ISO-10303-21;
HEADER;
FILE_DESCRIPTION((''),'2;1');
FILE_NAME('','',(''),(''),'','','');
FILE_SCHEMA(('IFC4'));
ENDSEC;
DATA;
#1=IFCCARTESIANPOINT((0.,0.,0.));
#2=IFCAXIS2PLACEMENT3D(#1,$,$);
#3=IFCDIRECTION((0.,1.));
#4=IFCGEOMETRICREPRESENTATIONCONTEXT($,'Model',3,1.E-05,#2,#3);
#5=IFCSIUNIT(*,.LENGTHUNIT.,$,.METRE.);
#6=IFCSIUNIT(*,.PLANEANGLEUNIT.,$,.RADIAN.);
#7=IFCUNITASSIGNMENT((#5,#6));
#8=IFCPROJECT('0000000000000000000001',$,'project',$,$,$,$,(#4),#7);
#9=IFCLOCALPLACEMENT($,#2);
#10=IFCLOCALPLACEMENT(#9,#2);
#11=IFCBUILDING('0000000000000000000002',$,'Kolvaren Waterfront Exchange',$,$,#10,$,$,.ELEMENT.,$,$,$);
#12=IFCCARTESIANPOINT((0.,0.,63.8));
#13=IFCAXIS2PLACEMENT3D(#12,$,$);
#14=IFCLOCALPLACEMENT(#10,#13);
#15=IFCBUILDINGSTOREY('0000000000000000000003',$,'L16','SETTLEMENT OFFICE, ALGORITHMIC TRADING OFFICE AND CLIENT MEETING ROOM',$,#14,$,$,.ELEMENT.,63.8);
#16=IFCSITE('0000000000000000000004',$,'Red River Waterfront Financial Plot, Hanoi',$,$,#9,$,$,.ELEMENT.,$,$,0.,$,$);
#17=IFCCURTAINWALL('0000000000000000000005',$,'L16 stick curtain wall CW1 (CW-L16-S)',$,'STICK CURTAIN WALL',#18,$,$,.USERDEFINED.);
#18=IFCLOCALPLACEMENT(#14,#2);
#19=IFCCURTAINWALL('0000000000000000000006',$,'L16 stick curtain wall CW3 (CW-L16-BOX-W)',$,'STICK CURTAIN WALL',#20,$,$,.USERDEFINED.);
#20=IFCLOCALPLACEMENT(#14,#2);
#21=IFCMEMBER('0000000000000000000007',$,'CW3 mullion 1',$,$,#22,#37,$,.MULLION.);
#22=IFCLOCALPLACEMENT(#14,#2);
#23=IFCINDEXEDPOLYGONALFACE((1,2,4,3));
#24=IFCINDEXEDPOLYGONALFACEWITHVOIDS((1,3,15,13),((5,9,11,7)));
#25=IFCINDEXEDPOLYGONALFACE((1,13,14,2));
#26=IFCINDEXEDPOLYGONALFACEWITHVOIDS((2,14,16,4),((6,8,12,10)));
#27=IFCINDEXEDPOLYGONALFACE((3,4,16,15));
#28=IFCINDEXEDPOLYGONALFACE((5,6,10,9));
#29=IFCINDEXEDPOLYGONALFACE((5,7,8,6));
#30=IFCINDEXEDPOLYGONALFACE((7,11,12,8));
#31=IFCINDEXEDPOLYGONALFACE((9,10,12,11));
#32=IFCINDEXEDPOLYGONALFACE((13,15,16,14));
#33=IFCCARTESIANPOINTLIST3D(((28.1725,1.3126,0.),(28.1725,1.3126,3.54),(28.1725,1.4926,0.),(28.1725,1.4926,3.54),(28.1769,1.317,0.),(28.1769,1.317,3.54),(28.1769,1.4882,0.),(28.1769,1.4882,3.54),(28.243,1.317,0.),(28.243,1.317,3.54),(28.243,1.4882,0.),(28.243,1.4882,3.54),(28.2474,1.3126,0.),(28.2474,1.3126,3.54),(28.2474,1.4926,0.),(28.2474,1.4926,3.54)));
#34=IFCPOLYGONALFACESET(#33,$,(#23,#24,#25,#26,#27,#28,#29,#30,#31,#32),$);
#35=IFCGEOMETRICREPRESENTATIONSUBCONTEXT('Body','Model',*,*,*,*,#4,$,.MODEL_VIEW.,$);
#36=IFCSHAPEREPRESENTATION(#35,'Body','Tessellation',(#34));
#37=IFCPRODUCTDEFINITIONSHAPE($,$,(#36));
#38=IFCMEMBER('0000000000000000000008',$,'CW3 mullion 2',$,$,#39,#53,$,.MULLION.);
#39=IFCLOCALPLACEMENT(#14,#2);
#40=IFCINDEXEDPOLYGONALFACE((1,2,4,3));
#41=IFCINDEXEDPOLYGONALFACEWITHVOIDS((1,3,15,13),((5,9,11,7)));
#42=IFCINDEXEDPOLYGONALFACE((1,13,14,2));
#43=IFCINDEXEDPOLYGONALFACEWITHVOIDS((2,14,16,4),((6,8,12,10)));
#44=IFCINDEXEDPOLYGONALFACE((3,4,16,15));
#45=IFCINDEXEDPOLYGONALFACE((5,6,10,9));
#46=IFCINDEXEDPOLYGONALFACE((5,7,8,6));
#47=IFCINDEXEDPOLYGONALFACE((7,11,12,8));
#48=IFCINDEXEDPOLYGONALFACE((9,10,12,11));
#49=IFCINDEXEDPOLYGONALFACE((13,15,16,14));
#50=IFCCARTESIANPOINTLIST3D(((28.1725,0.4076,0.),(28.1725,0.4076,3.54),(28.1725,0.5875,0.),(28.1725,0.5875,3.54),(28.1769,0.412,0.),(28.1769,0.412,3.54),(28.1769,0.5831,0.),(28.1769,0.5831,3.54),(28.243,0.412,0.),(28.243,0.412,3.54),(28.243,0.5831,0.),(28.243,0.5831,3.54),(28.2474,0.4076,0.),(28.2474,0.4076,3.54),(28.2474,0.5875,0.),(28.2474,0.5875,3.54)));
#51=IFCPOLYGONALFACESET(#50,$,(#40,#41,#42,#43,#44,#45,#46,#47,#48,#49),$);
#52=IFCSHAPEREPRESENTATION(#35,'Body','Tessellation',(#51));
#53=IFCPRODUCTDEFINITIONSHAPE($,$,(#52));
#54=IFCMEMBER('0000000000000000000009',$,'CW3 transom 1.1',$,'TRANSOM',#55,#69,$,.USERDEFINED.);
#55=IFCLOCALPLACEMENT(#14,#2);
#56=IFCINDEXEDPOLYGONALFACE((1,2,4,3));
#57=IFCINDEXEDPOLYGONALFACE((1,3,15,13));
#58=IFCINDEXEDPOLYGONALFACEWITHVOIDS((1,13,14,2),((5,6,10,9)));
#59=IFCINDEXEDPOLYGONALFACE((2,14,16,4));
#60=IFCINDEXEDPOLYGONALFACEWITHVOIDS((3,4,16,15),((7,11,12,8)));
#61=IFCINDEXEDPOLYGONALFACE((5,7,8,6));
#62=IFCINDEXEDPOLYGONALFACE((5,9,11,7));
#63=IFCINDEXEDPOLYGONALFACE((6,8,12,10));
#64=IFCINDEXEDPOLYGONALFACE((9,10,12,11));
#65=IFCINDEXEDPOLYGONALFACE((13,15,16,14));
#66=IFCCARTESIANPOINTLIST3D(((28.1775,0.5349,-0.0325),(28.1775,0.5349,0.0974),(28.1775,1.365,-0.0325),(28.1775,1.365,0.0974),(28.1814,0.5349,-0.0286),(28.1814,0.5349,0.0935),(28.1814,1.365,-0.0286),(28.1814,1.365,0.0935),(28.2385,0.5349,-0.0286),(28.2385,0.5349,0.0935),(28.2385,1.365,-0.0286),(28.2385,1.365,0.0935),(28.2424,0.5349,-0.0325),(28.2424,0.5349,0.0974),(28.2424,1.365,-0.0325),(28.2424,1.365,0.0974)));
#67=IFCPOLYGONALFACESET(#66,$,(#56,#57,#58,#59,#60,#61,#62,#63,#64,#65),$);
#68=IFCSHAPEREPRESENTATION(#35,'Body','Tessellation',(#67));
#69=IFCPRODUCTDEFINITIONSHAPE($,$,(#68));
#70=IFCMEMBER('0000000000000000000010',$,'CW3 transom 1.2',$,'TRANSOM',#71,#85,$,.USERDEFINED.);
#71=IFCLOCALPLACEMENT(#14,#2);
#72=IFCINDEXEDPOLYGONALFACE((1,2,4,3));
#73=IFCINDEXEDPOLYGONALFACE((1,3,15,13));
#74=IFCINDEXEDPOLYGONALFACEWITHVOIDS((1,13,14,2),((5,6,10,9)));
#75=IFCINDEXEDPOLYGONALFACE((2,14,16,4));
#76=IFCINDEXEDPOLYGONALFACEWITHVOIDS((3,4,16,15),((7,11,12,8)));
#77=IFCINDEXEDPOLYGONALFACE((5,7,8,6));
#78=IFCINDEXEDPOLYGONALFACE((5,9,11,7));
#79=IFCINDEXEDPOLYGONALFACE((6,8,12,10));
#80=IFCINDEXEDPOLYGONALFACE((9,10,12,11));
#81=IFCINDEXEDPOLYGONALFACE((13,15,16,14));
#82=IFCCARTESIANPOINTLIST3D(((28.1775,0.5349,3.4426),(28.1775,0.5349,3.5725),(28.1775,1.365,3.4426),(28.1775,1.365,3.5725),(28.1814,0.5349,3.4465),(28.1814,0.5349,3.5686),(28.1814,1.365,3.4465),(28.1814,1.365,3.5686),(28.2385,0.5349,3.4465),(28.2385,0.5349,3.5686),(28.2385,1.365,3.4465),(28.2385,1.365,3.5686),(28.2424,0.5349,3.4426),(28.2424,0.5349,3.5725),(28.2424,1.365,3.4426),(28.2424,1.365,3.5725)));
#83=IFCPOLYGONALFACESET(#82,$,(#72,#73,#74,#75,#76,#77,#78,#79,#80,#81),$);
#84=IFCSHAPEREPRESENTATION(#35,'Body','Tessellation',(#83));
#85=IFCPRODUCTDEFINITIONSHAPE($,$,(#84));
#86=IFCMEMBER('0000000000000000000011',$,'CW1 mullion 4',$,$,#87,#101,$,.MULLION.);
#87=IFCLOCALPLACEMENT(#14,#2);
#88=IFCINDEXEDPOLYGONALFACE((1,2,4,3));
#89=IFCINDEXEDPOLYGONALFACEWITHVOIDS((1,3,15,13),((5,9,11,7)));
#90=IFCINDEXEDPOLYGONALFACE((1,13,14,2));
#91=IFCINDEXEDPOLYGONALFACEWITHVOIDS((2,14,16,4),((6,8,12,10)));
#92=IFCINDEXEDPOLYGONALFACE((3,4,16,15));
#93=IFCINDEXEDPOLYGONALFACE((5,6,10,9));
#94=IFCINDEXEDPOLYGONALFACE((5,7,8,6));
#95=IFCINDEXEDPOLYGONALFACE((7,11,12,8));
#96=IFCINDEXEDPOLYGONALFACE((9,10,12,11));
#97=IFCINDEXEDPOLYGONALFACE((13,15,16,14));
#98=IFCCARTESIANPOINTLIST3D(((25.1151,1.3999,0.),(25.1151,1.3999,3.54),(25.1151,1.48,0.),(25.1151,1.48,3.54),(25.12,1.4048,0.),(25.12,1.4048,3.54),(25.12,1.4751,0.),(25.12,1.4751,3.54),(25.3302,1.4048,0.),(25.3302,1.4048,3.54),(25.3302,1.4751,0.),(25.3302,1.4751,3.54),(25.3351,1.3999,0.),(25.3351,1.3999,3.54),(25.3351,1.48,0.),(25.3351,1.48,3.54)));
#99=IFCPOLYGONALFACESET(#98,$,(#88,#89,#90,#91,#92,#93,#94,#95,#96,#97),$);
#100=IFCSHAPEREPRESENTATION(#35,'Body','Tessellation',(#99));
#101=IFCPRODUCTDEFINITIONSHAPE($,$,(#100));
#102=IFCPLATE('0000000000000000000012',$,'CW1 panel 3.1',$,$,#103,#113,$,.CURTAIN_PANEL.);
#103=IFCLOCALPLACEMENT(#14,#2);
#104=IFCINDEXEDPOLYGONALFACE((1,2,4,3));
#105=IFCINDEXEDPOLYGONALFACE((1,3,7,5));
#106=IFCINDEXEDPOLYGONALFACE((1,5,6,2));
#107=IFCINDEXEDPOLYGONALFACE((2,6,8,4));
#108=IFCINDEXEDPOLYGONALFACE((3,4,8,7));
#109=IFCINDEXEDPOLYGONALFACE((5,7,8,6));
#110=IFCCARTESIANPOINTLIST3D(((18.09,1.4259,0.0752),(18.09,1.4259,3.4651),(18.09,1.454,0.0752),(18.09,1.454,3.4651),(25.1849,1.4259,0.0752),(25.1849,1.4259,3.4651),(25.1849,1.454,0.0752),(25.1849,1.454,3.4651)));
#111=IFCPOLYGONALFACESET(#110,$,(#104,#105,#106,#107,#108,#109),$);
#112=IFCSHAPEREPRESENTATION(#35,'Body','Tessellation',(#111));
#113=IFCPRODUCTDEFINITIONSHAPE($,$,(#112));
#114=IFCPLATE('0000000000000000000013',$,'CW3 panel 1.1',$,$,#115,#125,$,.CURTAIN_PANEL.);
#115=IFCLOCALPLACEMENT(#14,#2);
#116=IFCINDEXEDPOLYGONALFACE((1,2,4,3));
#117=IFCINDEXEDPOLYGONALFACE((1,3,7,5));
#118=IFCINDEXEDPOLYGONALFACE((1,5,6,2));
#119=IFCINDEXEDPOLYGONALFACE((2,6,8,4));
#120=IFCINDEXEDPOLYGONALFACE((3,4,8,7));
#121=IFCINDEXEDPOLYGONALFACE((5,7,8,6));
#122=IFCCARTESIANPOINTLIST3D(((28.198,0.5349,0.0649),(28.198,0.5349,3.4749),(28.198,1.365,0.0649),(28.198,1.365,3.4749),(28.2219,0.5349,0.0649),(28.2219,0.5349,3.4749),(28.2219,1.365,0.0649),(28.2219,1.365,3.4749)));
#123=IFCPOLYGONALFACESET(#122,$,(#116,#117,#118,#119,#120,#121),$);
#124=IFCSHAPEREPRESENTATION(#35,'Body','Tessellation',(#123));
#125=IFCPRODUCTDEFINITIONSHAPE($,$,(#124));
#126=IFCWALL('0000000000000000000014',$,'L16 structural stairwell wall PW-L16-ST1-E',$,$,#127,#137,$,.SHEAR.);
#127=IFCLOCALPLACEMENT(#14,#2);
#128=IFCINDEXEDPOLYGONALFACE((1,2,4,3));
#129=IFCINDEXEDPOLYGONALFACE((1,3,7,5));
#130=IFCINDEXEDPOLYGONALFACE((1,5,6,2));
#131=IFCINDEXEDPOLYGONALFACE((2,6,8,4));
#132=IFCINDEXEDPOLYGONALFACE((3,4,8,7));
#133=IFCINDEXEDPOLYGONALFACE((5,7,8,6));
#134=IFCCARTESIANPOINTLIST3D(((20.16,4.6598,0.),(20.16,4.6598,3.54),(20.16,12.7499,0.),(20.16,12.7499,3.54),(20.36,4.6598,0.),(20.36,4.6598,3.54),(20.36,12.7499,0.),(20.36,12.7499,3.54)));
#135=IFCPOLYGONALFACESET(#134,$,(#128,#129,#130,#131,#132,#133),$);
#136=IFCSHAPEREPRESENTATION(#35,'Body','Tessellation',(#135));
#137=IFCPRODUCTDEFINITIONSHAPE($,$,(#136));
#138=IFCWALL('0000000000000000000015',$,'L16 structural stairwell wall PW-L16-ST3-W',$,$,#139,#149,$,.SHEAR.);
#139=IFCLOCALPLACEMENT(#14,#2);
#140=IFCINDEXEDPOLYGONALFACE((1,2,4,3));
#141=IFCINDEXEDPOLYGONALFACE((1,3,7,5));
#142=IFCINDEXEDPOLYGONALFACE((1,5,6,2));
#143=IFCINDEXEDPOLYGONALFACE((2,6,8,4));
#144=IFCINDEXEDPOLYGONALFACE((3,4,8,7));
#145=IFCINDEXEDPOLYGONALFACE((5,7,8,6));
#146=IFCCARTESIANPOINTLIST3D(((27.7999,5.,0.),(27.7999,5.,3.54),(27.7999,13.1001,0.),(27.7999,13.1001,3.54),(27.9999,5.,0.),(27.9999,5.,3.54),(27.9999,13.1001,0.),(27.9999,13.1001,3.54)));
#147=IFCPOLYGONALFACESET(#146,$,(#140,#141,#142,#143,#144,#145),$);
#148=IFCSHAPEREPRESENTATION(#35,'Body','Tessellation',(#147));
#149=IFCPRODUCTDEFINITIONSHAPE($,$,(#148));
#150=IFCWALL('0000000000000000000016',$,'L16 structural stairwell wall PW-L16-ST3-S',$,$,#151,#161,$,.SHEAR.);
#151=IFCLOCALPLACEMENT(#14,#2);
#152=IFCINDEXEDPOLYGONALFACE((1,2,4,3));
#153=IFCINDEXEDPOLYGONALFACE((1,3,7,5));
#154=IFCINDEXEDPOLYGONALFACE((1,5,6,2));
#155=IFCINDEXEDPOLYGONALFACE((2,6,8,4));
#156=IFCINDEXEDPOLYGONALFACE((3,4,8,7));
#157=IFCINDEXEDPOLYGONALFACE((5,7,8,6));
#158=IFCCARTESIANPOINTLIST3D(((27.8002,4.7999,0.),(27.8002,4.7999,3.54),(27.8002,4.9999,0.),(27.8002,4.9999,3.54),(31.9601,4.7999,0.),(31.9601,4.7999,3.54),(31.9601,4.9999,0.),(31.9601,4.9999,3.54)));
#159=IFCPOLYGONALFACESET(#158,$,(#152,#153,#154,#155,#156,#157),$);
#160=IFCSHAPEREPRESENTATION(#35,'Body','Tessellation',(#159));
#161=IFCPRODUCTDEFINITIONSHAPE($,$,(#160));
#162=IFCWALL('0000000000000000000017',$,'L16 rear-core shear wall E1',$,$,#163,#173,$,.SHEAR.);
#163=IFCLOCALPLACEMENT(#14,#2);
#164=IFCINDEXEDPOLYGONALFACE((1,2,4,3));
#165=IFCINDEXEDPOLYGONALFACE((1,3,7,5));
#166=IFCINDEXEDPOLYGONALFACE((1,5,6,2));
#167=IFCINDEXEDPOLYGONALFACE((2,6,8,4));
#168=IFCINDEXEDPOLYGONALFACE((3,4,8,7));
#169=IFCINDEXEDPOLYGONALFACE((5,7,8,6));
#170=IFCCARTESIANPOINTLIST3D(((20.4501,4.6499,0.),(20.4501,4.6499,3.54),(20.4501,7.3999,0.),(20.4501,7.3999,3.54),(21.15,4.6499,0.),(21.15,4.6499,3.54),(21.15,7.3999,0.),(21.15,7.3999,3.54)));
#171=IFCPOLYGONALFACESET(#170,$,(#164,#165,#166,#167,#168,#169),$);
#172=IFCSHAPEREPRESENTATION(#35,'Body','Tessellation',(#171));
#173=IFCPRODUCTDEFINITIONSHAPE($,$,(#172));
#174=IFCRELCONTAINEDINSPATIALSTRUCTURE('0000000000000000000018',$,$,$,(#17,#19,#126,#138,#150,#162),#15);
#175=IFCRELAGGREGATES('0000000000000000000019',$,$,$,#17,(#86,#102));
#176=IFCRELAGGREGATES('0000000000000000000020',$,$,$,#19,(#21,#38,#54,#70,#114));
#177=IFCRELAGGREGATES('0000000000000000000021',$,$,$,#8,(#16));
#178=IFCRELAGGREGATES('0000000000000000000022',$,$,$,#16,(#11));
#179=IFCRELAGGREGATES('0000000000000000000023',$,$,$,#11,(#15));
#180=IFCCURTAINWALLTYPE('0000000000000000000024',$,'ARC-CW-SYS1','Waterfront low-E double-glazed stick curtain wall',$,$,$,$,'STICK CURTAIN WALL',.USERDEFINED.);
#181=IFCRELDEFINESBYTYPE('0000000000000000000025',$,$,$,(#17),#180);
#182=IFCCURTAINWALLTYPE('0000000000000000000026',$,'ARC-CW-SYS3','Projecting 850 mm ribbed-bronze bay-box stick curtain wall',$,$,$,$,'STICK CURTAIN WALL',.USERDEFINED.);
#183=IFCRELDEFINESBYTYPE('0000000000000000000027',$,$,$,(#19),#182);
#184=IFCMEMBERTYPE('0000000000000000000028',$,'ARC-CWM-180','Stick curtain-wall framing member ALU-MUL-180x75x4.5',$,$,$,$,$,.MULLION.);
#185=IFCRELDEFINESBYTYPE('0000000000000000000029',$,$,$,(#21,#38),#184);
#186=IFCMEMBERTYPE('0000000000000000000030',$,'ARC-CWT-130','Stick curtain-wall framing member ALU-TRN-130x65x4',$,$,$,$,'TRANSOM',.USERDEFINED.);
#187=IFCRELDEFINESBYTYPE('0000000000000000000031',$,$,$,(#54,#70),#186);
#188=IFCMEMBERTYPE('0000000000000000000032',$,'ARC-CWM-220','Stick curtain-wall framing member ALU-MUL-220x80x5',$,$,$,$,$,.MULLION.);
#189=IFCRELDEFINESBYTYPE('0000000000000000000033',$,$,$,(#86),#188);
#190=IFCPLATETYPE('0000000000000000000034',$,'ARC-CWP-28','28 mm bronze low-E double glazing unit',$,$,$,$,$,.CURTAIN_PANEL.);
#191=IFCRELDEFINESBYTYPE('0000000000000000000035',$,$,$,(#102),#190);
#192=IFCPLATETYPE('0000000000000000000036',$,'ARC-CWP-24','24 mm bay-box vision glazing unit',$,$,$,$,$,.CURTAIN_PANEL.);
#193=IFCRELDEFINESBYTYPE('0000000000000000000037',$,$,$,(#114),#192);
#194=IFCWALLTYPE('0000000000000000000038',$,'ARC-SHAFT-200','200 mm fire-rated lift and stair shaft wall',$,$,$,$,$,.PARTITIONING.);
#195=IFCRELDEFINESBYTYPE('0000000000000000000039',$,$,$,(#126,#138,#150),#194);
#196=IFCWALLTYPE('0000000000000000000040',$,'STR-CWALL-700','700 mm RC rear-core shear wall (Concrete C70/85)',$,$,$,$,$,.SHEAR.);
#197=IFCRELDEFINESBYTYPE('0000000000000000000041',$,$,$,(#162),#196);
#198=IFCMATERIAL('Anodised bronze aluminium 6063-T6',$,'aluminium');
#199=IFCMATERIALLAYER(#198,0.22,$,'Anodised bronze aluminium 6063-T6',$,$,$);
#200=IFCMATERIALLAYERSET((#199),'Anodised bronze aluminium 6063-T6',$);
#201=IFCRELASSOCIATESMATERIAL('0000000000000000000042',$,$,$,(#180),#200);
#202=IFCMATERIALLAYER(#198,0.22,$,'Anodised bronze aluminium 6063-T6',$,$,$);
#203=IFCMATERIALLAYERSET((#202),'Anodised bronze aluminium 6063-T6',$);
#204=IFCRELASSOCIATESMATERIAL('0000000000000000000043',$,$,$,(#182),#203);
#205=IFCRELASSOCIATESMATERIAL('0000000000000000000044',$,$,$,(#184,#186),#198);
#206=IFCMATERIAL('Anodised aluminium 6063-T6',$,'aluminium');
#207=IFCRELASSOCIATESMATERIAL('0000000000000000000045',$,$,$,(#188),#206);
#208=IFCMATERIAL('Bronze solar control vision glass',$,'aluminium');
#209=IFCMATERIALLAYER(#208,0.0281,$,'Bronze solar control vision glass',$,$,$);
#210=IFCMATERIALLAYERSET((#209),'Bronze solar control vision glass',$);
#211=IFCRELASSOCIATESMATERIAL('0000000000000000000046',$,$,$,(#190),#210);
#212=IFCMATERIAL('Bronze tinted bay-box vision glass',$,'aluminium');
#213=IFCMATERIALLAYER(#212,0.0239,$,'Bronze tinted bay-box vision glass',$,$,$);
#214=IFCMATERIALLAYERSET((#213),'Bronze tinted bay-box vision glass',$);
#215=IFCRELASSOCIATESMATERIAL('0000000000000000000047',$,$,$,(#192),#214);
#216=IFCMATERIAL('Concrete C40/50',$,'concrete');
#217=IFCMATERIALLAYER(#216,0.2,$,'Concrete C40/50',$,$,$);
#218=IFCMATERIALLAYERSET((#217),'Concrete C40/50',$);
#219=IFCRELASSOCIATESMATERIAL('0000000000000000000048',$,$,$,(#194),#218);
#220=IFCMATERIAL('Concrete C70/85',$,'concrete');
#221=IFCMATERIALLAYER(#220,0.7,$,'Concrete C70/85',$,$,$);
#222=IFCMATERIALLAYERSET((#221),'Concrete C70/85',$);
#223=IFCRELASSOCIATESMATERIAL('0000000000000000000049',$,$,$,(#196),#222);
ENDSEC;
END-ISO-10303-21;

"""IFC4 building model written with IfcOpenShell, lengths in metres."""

from ifc_helpers import new_model, si_unit, direction, frame, frame_2d, origin, origin_with_axes, origin_2d, place, context, subcontext, project, spatial, rectangle, hollow_rectangle, extrude, source, transform, mapped, material, layer, layer_set, material_profile, profile_set, type_object, element, aggregate, save


model = new_model("IFC4")

# Units and contexts
model_context = context("Model", 3, precision=1e-05, world=origin(), true_north=direction((0.0, 1.0)))
body_context = subcontext(model_context, "Body", "Model", "MODEL_VIEW")
ifc_project = project(units=[si_unit("LENGTHUNIT", "METRE"), si_unit("PLANEANGLEUNIT", "RADIAN")], contexts=[model_context])

# Site, building, storey
site_placement = place(None, origin())
site = spatial("IfcSite", under=ifc_project, at=site_placement, Name="Red River Waterfront Financial Plot, Hanoi", CompositionType="ELEMENT", RefElevation=0.0)
building_placement = place(site_placement, origin())
building = spatial("IfcBuilding", under=site, at=building_placement, Name="Kolvaren Waterfront Exchange", CompositionType="ELEMENT")
storey_placement = place(building_placement, frame((0.0, 0.0, 63.8)))
storey = spatial("IfcBuildingStorey", under=building, at=storey_placement, Name="L16", Description="SETTLEMENT OFFICE, ALGORITHMIC TRADING OFFICE AND CLIENT MEETING ROOM", CompositionType="ELEMENT", Elevation=63.8)

# Shared definitions
ifc_material_1 = material(Name="Concrete C70/85", Category="concrete")

# Curtain walls, members
ifc_material_2 = material(Name="Anodised bronze aluminium 6063-T6", Category="aluminium")
ifc_layer_1 = layer(ifc_material_2, 0.22, Name="Anodised bronze aluminium 6063-T6")
ifc_layer_set_1 = layer_set([ifc_layer_1], Name="Anodised bronze aluminium 6063-T6")
curtain_wall_type_1 = type_object("IfcCurtainWallType", Name="ARC-CW-SYS1", Description="Waterfront low-E double-glazed stick curtain wall", ElementType="STICK CURTAIN WALL", PredefinedType="USERDEFINED", material=ifc_layer_set_1)
curtain_wall_1_placement = place(storey_placement, origin())
curtain_wall_1 = element("IfcCurtainWall", 1, at=curtain_wall_1_placement, inside=storey, type_object=curtain_wall_type_1, Name="L16 stick curtain wall CW1 (CW-L16-S)", ObjectType="STICK CURTAIN WALL", PredefinedType="USERDEFINED")
ifc_material_3 = material(Name="Anodised aluminium 6063-T6", Category="aluminium")
ifc_layer_2 = layer(ifc_material_2, 0.22, Name="Anodised bronze aluminium 6063-T6")
ifc_layer_set_2 = layer_set([ifc_layer_2], Name="Anodised bronze aluminium 6063-T6")
curtain_wall_type_2 = type_object("IfcCurtainWallType", Name="ARC-CW-SYS3", Description="Projecting 850 mm ribbed-bronze bay-box stick curtain wall", ElementType="STICK CURTAIN WALL", PredefinedType="USERDEFINED", material=ifc_layer_set_2)
curtain_wall_2_placement = place(storey_placement, origin())
curtain_wall_2 = element("IfcCurtainWall", 2, at=curtain_wall_2_placement, inside=storey, type_object=curtain_wall_type_2, Name="L16 stick curtain wall CW3 (CW-L16-BOX-W)", ObjectType="STICK CURTAIN WALL", PredefinedType="USERDEFINED")
ifc_material_profile_1 = material_profile(ifc_material_2, hollow_rectangle(XDim=0.075, YDim=0.1799, WallThickness=0.0044, at=origin_2d()), Name="ALU-MUL-180x75x4.5")
ifc_profile_set_1 = profile_set([ifc_material_profile_1], Name="Anodised bronze aluminium 6063-T6")
member_type_1 = type_object("IfcMemberType", Name="ARC-CWM-180", Description="Stick curtain-wall framing member ALU-MUL-180x75x4.5", PredefinedType="MULLION", material=ifc_profile_set_1)
shared_shape_1 = source(origin_with_axes(), body_context, "Body", "SweptSolid", [
    extrude(hollow_rectangle(XDim=0.075, YDim=0.1799, WallThickness=0.0044, at=origin_2d()), origin(), (0.0, 0.0, 1.0), 3.54),
])
member_1_placement = place(storey_placement, frame((28.21, 1.4026, 0.0), z_axis=(0.0, 0.0, 1.0), x_axis=(1.0, 0.0, 0.0)))
member_1 = element("IfcMember", 3, at=member_1_placement, type_object=member_type_1, Name="CW3 mullion 1", PredefinedType="MULLION", context=body_context, shape_type="MappedRepresentation", body=[
    mapped(shared_shape_1, transform((0.0, 0.0, 0.0), x_axis=(1.0, 0.0, 0.0), y_axis=(0.0, 1.0, 0.0), z_axis=(0.0, 0.0, 1.0), scale=1.0)),
])
member_2_placement = place(storey_placement, frame((28.21, 0.4976, 0.0), z_axis=(0.0, 0.0, 1.0), x_axis=(1.0, 0.0, 0.0)))
member_2 = element("IfcMember", 4, at=member_2_placement, type_object=member_type_1, Name="CW3 mullion 2", PredefinedType="MULLION", context=body_context, shape_type="MappedRepresentation", body=[
    mapped(shared_shape_1, transform((0.0, 0.0, 0.0), x_axis=(1.0, 0.0, 0.0), y_axis=(0.0, 1.0, 0.0), z_axis=(0.0, 0.0, 1.0), scale=1.0)),
])
ifc_material_profile_2 = material_profile(ifc_material_2, hollow_rectangle(XDim=0.0649, YDim=0.1299, WallThickness=0.0039, at=origin_2d()), Name="ALU-TRN-130x65x4")
ifc_profile_set_2 = profile_set([ifc_material_profile_2], Name="Anodised bronze aluminium 6063-T6")
member_type_2 = type_object("IfcMemberType", Name="ARC-CWT-130", Description="Stick curtain-wall framing member ALU-TRN-130x65x4", ElementType="TRANSOM", PredefinedType="USERDEFINED", material=ifc_profile_set_2)
shared_shape_2 = source(origin_with_axes(), body_context, "Body", "SweptSolid", [
    extrude(hollow_rectangle(XDim=0.0649, YDim=0.1299, WallThickness=0.0039, at=origin_2d()), origin(), (0.0, 0.0, 1.0), 0.8301),
])
member_3_placement = place(storey_placement, frame((28.21, 1.365, 0.0325), z_axis=(0.0, -1.0, 0.0), x_axis=(1.0, 0.0, 0.0)))
member_3 = element("IfcMember", 5, at=member_3_placement, type_object=member_type_2, Name="CW3 transom 1.1", ObjectType="TRANSOM", PredefinedType="USERDEFINED", context=body_context, shape_type="MappedRepresentation", body=[
    mapped(shared_shape_2, transform((0.0, 0.0, 0.0), x_axis=(1.0, 0.0, 0.0), y_axis=(0.0, 1.0, 0.0), z_axis=(0.0, 0.0, 1.0), scale=1.0)),
])
member_4_placement = place(storey_placement, frame((28.21, 1.365, 3.5076), z_axis=(0.0, -1.0, 0.0), x_axis=(1.0, 0.0, 0.0)))
member_4 = element("IfcMember", 6, at=member_4_placement, type_object=member_type_2, Name="CW3 transom 1.2", ObjectType="TRANSOM", PredefinedType="USERDEFINED", context=body_context, shape_type="MappedRepresentation", body=[
    mapped(shared_shape_2, transform((0.0, 0.0, 0.0), x_axis=(1.0, 0.0, 0.0), y_axis=(0.0, 1.0, 0.0), z_axis=(0.0, 0.0, 1.0), scale=1.0)),
])

# Member
ifc_material_profile_3 = material_profile(ifc_material_3, hollow_rectangle(XDim=0.0801, YDim=0.22, WallThickness=0.0049, at=origin_2d()), Name="ALU-MUL-220x80x5")
ifc_profile_set_3 = profile_set([ifc_material_profile_3], Name="Anodised aluminium 6063-T6")
member_type_3 = type_object("IfcMemberType", Name="ARC-CWM-220", Description="Stick curtain-wall framing member ALU-MUL-220x80x5", PredefinedType="MULLION", material=ifc_profile_set_3)
shared_shape_3 = source(origin_with_axes(), body_context, "Body", "SweptSolid", [
    extrude(hollow_rectangle(XDim=0.0801, YDim=0.22, WallThickness=0.0049, at=origin_2d()), origin(), (0.0, 0.0, 1.0), 3.54),
])
member_5_placement = place(storey_placement, frame((25.2251, 1.4399, 0.0), z_axis=(0.0, 0.0, 1.0), x_axis=(0.0, 1.0, 0.0)))
member_5 = element("IfcMember", 7, at=member_5_placement, type_object=member_type_3, Name="CW1 mullion 4", PredefinedType="MULLION", context=body_context, shape_type="MappedRepresentation", body=[
    mapped(shared_shape_3, transform((0.0, 0.0, 0.0), x_axis=(1.0, 0.0, 0.0), y_axis=(0.0, 1.0, 0.0), z_axis=(0.0, 0.0, 1.0), scale=1.0)),
])

# Plates
ifc_material_4 = material(Name="Bronze solar control vision glass", Category="aluminium")
ifc_layer_3 = layer(ifc_material_4, 0.0281, Name="Bronze solar control vision glass")
ifc_layer_set_3 = layer_set([ifc_layer_3], Name="Bronze solar control vision glass")
plate_type_1 = type_object("IfcPlateType", Name="ARC-CWP-28", Description="28 mm bronze low-E double glazing unit", PredefinedType="CURTAIN_PANEL", material=ifc_layer_set_3)
shared_shape_4 = source(origin_with_axes(), body_context, "Body", "SweptSolid", [
    extrude(rectangle(XDim=7.095, YDim=0.0281, at=origin_2d()), origin(), (0.0, 0.0, 1.0), 3.3899),
])
plate_1_placement = place(storey_placement, frame((21.6375, 1.4399, 0.0752), z_axis=(0.0, 0.0, 1.0), x_axis=(1.0, 0.0, 0.0)))
plate_1 = element("IfcPlate", 8, at=plate_1_placement, type_object=plate_type_1, Name="CW1 panel 3.1", PredefinedType="CURTAIN_PANEL", context=body_context, shape_type="MappedRepresentation", body=[
    mapped(shared_shape_4, transform((0.0, 0.0, 0.0), x_axis=(1.0, 0.0, 0.0), y_axis=(0.0, 1.0, 0.0), z_axis=(0.0, 0.0, 1.0), scale=1.0)),
])
aggregate(curtain_wall_1, [member_5, plate_1])
ifc_material_5 = material(Name="Bronze tinted bay-box vision glass", Category="aluminium")
ifc_layer_4 = layer(ifc_material_5, 0.0239, Name="Bronze tinted bay-box vision glass")
ifc_layer_set_4 = layer_set([ifc_layer_4], Name="Bronze tinted bay-box vision glass")
plate_type_2 = type_object("IfcPlateType", Name="ARC-CWP-24", Description="24 mm bay-box vision glazing unit", PredefinedType="CURTAIN_PANEL", material=ifc_layer_set_4)
shared_shape_5 = source(origin_with_axes(), body_context, "Body", "SweptSolid", [
    extrude(rectangle(XDim=0.8301, YDim=0.0239, at=origin_2d()), origin(), (0.0, 0.0, 1.0), 3.4099),
])
plate_2_placement = place(storey_placement, frame((28.21, 0.95, 0.0649), z_axis=(0.0, 0.0, 1.0), x_axis=(0.0, -1.0, 0.0)))
plate_2 = element("IfcPlate", 9, at=plate_2_placement, type_object=plate_type_2, Name="CW3 panel 1.1", PredefinedType="CURTAIN_PANEL", context=body_context, shape_type="MappedRepresentation", body=[
    mapped(shared_shape_5, transform((0.0, 0.0, 0.0), x_axis=(1.0, 0.0, 0.0), y_axis=(0.0, 1.0, 0.0), z_axis=(0.0, 0.0, 1.0), scale=1.0)),
])
aggregate(curtain_wall_2, [member_1, member_2, member_3, member_4, plate_2])

# Walls
ifc_material_6 = material(Name="Concrete C40/50", Category="concrete")
ifc_layer_5 = layer(ifc_material_6, 0.2, Name="Concrete C40/50")
ifc_layer_set_5 = layer_set([ifc_layer_5], Name="Concrete C40/50")
wall_type_1 = type_object("IfcWallType", Name="ARC-SHAFT-200", Description="200 mm fire-rated lift and stair shaft wall", PredefinedType="PARTITIONING", material=ifc_layer_set_5)
wall_1_placement = place(storey_placement, frame((20.26, 4.6599, 0.0), z_axis=(0.0, 0.0, 1.0), x_axis=(0.0, 1.0, 0.0)))
element("IfcWall", 10, at=wall_1_placement, inside=storey, type_object=wall_type_1, Name="L16 structural stairwell wall PW-L16-ST1-E", PredefinedType="SHEAR", context=body_context, shape_type="SweptSolid", body=[
    extrude(rectangle(XDim=8.0901, YDim=0.2, at=frame_2d((4.0449, 0.0))), origin(), (0.0, 0.0, 1.0), 3.54),
])
wall_2_placement = place(storey_placement, frame((27.8999, 5.0, 0.0), z_axis=(0.0, 0.0, 1.0), x_axis=(0.0, 1.0, 0.0)))
element("IfcWall", 11, at=wall_2_placement, inside=storey, type_object=wall_type_1, Name="L16 structural stairwell wall PW-L16-ST3-W", PredefinedType="SHEAR", context=body_context, shape_type="SweptSolid", body=[
    extrude(rectangle(XDim=8.1001, YDim=0.2, at=frame_2d((4.05, 0.0))), origin(), (0.0, 0.0, 1.0), 3.54),
])
wall_3_placement = place(storey_placement, frame((27.8, 4.8999, 0.0), z_axis=(0.0, 0.0, 1.0), x_axis=(1.0, 0.0, 0.0)))
element("IfcWall", 12, at=wall_3_placement, inside=storey, type_object=wall_type_1, Name="L16 structural stairwell wall PW-L16-ST3-S", PredefinedType="SHEAR", context=body_context, shape_type="SweptSolid", body=[
    extrude(rectangle(XDim=4.1599, YDim=0.2, at=frame_2d((2.0801, 0.0))), origin(), (0.0, 0.0, 1.0), 3.54),
])
ifc_layer_6 = layer(ifc_material_1, 0.7, Name="Concrete C70/85")
ifc_layer_set_6 = layer_set([ifc_layer_6], Name="Concrete C70/85")
wall_type_2 = type_object("IfcWallType", Name="STR-CWALL-700", Description="700 mm RC rear-core shear wall (Concrete C70/85)", PredefinedType="SHEAR", material=ifc_layer_set_6)
wall_4_placement = place(storey_placement, frame((20.8, 4.6499, 0.0), z_axis=(0.0, 0.0, 1.0), x_axis=(0.0, 1.0, 0.0)))
element("IfcWall", 13, at=wall_4_placement, inside=storey, type_object=wall_type_2, Name="L16 rear-core shear wall E1", PredefinedType="SHEAR", context=body_context, shape_type="SweptSolid", body=[
    extrude(rectangle(XDim=2.75, YDim=0.7, at=frame_2d((1.375, 0.0))), origin(), (0.0, 0.0, 1.0), 3.54),
])

save(model, "model.ifc")
